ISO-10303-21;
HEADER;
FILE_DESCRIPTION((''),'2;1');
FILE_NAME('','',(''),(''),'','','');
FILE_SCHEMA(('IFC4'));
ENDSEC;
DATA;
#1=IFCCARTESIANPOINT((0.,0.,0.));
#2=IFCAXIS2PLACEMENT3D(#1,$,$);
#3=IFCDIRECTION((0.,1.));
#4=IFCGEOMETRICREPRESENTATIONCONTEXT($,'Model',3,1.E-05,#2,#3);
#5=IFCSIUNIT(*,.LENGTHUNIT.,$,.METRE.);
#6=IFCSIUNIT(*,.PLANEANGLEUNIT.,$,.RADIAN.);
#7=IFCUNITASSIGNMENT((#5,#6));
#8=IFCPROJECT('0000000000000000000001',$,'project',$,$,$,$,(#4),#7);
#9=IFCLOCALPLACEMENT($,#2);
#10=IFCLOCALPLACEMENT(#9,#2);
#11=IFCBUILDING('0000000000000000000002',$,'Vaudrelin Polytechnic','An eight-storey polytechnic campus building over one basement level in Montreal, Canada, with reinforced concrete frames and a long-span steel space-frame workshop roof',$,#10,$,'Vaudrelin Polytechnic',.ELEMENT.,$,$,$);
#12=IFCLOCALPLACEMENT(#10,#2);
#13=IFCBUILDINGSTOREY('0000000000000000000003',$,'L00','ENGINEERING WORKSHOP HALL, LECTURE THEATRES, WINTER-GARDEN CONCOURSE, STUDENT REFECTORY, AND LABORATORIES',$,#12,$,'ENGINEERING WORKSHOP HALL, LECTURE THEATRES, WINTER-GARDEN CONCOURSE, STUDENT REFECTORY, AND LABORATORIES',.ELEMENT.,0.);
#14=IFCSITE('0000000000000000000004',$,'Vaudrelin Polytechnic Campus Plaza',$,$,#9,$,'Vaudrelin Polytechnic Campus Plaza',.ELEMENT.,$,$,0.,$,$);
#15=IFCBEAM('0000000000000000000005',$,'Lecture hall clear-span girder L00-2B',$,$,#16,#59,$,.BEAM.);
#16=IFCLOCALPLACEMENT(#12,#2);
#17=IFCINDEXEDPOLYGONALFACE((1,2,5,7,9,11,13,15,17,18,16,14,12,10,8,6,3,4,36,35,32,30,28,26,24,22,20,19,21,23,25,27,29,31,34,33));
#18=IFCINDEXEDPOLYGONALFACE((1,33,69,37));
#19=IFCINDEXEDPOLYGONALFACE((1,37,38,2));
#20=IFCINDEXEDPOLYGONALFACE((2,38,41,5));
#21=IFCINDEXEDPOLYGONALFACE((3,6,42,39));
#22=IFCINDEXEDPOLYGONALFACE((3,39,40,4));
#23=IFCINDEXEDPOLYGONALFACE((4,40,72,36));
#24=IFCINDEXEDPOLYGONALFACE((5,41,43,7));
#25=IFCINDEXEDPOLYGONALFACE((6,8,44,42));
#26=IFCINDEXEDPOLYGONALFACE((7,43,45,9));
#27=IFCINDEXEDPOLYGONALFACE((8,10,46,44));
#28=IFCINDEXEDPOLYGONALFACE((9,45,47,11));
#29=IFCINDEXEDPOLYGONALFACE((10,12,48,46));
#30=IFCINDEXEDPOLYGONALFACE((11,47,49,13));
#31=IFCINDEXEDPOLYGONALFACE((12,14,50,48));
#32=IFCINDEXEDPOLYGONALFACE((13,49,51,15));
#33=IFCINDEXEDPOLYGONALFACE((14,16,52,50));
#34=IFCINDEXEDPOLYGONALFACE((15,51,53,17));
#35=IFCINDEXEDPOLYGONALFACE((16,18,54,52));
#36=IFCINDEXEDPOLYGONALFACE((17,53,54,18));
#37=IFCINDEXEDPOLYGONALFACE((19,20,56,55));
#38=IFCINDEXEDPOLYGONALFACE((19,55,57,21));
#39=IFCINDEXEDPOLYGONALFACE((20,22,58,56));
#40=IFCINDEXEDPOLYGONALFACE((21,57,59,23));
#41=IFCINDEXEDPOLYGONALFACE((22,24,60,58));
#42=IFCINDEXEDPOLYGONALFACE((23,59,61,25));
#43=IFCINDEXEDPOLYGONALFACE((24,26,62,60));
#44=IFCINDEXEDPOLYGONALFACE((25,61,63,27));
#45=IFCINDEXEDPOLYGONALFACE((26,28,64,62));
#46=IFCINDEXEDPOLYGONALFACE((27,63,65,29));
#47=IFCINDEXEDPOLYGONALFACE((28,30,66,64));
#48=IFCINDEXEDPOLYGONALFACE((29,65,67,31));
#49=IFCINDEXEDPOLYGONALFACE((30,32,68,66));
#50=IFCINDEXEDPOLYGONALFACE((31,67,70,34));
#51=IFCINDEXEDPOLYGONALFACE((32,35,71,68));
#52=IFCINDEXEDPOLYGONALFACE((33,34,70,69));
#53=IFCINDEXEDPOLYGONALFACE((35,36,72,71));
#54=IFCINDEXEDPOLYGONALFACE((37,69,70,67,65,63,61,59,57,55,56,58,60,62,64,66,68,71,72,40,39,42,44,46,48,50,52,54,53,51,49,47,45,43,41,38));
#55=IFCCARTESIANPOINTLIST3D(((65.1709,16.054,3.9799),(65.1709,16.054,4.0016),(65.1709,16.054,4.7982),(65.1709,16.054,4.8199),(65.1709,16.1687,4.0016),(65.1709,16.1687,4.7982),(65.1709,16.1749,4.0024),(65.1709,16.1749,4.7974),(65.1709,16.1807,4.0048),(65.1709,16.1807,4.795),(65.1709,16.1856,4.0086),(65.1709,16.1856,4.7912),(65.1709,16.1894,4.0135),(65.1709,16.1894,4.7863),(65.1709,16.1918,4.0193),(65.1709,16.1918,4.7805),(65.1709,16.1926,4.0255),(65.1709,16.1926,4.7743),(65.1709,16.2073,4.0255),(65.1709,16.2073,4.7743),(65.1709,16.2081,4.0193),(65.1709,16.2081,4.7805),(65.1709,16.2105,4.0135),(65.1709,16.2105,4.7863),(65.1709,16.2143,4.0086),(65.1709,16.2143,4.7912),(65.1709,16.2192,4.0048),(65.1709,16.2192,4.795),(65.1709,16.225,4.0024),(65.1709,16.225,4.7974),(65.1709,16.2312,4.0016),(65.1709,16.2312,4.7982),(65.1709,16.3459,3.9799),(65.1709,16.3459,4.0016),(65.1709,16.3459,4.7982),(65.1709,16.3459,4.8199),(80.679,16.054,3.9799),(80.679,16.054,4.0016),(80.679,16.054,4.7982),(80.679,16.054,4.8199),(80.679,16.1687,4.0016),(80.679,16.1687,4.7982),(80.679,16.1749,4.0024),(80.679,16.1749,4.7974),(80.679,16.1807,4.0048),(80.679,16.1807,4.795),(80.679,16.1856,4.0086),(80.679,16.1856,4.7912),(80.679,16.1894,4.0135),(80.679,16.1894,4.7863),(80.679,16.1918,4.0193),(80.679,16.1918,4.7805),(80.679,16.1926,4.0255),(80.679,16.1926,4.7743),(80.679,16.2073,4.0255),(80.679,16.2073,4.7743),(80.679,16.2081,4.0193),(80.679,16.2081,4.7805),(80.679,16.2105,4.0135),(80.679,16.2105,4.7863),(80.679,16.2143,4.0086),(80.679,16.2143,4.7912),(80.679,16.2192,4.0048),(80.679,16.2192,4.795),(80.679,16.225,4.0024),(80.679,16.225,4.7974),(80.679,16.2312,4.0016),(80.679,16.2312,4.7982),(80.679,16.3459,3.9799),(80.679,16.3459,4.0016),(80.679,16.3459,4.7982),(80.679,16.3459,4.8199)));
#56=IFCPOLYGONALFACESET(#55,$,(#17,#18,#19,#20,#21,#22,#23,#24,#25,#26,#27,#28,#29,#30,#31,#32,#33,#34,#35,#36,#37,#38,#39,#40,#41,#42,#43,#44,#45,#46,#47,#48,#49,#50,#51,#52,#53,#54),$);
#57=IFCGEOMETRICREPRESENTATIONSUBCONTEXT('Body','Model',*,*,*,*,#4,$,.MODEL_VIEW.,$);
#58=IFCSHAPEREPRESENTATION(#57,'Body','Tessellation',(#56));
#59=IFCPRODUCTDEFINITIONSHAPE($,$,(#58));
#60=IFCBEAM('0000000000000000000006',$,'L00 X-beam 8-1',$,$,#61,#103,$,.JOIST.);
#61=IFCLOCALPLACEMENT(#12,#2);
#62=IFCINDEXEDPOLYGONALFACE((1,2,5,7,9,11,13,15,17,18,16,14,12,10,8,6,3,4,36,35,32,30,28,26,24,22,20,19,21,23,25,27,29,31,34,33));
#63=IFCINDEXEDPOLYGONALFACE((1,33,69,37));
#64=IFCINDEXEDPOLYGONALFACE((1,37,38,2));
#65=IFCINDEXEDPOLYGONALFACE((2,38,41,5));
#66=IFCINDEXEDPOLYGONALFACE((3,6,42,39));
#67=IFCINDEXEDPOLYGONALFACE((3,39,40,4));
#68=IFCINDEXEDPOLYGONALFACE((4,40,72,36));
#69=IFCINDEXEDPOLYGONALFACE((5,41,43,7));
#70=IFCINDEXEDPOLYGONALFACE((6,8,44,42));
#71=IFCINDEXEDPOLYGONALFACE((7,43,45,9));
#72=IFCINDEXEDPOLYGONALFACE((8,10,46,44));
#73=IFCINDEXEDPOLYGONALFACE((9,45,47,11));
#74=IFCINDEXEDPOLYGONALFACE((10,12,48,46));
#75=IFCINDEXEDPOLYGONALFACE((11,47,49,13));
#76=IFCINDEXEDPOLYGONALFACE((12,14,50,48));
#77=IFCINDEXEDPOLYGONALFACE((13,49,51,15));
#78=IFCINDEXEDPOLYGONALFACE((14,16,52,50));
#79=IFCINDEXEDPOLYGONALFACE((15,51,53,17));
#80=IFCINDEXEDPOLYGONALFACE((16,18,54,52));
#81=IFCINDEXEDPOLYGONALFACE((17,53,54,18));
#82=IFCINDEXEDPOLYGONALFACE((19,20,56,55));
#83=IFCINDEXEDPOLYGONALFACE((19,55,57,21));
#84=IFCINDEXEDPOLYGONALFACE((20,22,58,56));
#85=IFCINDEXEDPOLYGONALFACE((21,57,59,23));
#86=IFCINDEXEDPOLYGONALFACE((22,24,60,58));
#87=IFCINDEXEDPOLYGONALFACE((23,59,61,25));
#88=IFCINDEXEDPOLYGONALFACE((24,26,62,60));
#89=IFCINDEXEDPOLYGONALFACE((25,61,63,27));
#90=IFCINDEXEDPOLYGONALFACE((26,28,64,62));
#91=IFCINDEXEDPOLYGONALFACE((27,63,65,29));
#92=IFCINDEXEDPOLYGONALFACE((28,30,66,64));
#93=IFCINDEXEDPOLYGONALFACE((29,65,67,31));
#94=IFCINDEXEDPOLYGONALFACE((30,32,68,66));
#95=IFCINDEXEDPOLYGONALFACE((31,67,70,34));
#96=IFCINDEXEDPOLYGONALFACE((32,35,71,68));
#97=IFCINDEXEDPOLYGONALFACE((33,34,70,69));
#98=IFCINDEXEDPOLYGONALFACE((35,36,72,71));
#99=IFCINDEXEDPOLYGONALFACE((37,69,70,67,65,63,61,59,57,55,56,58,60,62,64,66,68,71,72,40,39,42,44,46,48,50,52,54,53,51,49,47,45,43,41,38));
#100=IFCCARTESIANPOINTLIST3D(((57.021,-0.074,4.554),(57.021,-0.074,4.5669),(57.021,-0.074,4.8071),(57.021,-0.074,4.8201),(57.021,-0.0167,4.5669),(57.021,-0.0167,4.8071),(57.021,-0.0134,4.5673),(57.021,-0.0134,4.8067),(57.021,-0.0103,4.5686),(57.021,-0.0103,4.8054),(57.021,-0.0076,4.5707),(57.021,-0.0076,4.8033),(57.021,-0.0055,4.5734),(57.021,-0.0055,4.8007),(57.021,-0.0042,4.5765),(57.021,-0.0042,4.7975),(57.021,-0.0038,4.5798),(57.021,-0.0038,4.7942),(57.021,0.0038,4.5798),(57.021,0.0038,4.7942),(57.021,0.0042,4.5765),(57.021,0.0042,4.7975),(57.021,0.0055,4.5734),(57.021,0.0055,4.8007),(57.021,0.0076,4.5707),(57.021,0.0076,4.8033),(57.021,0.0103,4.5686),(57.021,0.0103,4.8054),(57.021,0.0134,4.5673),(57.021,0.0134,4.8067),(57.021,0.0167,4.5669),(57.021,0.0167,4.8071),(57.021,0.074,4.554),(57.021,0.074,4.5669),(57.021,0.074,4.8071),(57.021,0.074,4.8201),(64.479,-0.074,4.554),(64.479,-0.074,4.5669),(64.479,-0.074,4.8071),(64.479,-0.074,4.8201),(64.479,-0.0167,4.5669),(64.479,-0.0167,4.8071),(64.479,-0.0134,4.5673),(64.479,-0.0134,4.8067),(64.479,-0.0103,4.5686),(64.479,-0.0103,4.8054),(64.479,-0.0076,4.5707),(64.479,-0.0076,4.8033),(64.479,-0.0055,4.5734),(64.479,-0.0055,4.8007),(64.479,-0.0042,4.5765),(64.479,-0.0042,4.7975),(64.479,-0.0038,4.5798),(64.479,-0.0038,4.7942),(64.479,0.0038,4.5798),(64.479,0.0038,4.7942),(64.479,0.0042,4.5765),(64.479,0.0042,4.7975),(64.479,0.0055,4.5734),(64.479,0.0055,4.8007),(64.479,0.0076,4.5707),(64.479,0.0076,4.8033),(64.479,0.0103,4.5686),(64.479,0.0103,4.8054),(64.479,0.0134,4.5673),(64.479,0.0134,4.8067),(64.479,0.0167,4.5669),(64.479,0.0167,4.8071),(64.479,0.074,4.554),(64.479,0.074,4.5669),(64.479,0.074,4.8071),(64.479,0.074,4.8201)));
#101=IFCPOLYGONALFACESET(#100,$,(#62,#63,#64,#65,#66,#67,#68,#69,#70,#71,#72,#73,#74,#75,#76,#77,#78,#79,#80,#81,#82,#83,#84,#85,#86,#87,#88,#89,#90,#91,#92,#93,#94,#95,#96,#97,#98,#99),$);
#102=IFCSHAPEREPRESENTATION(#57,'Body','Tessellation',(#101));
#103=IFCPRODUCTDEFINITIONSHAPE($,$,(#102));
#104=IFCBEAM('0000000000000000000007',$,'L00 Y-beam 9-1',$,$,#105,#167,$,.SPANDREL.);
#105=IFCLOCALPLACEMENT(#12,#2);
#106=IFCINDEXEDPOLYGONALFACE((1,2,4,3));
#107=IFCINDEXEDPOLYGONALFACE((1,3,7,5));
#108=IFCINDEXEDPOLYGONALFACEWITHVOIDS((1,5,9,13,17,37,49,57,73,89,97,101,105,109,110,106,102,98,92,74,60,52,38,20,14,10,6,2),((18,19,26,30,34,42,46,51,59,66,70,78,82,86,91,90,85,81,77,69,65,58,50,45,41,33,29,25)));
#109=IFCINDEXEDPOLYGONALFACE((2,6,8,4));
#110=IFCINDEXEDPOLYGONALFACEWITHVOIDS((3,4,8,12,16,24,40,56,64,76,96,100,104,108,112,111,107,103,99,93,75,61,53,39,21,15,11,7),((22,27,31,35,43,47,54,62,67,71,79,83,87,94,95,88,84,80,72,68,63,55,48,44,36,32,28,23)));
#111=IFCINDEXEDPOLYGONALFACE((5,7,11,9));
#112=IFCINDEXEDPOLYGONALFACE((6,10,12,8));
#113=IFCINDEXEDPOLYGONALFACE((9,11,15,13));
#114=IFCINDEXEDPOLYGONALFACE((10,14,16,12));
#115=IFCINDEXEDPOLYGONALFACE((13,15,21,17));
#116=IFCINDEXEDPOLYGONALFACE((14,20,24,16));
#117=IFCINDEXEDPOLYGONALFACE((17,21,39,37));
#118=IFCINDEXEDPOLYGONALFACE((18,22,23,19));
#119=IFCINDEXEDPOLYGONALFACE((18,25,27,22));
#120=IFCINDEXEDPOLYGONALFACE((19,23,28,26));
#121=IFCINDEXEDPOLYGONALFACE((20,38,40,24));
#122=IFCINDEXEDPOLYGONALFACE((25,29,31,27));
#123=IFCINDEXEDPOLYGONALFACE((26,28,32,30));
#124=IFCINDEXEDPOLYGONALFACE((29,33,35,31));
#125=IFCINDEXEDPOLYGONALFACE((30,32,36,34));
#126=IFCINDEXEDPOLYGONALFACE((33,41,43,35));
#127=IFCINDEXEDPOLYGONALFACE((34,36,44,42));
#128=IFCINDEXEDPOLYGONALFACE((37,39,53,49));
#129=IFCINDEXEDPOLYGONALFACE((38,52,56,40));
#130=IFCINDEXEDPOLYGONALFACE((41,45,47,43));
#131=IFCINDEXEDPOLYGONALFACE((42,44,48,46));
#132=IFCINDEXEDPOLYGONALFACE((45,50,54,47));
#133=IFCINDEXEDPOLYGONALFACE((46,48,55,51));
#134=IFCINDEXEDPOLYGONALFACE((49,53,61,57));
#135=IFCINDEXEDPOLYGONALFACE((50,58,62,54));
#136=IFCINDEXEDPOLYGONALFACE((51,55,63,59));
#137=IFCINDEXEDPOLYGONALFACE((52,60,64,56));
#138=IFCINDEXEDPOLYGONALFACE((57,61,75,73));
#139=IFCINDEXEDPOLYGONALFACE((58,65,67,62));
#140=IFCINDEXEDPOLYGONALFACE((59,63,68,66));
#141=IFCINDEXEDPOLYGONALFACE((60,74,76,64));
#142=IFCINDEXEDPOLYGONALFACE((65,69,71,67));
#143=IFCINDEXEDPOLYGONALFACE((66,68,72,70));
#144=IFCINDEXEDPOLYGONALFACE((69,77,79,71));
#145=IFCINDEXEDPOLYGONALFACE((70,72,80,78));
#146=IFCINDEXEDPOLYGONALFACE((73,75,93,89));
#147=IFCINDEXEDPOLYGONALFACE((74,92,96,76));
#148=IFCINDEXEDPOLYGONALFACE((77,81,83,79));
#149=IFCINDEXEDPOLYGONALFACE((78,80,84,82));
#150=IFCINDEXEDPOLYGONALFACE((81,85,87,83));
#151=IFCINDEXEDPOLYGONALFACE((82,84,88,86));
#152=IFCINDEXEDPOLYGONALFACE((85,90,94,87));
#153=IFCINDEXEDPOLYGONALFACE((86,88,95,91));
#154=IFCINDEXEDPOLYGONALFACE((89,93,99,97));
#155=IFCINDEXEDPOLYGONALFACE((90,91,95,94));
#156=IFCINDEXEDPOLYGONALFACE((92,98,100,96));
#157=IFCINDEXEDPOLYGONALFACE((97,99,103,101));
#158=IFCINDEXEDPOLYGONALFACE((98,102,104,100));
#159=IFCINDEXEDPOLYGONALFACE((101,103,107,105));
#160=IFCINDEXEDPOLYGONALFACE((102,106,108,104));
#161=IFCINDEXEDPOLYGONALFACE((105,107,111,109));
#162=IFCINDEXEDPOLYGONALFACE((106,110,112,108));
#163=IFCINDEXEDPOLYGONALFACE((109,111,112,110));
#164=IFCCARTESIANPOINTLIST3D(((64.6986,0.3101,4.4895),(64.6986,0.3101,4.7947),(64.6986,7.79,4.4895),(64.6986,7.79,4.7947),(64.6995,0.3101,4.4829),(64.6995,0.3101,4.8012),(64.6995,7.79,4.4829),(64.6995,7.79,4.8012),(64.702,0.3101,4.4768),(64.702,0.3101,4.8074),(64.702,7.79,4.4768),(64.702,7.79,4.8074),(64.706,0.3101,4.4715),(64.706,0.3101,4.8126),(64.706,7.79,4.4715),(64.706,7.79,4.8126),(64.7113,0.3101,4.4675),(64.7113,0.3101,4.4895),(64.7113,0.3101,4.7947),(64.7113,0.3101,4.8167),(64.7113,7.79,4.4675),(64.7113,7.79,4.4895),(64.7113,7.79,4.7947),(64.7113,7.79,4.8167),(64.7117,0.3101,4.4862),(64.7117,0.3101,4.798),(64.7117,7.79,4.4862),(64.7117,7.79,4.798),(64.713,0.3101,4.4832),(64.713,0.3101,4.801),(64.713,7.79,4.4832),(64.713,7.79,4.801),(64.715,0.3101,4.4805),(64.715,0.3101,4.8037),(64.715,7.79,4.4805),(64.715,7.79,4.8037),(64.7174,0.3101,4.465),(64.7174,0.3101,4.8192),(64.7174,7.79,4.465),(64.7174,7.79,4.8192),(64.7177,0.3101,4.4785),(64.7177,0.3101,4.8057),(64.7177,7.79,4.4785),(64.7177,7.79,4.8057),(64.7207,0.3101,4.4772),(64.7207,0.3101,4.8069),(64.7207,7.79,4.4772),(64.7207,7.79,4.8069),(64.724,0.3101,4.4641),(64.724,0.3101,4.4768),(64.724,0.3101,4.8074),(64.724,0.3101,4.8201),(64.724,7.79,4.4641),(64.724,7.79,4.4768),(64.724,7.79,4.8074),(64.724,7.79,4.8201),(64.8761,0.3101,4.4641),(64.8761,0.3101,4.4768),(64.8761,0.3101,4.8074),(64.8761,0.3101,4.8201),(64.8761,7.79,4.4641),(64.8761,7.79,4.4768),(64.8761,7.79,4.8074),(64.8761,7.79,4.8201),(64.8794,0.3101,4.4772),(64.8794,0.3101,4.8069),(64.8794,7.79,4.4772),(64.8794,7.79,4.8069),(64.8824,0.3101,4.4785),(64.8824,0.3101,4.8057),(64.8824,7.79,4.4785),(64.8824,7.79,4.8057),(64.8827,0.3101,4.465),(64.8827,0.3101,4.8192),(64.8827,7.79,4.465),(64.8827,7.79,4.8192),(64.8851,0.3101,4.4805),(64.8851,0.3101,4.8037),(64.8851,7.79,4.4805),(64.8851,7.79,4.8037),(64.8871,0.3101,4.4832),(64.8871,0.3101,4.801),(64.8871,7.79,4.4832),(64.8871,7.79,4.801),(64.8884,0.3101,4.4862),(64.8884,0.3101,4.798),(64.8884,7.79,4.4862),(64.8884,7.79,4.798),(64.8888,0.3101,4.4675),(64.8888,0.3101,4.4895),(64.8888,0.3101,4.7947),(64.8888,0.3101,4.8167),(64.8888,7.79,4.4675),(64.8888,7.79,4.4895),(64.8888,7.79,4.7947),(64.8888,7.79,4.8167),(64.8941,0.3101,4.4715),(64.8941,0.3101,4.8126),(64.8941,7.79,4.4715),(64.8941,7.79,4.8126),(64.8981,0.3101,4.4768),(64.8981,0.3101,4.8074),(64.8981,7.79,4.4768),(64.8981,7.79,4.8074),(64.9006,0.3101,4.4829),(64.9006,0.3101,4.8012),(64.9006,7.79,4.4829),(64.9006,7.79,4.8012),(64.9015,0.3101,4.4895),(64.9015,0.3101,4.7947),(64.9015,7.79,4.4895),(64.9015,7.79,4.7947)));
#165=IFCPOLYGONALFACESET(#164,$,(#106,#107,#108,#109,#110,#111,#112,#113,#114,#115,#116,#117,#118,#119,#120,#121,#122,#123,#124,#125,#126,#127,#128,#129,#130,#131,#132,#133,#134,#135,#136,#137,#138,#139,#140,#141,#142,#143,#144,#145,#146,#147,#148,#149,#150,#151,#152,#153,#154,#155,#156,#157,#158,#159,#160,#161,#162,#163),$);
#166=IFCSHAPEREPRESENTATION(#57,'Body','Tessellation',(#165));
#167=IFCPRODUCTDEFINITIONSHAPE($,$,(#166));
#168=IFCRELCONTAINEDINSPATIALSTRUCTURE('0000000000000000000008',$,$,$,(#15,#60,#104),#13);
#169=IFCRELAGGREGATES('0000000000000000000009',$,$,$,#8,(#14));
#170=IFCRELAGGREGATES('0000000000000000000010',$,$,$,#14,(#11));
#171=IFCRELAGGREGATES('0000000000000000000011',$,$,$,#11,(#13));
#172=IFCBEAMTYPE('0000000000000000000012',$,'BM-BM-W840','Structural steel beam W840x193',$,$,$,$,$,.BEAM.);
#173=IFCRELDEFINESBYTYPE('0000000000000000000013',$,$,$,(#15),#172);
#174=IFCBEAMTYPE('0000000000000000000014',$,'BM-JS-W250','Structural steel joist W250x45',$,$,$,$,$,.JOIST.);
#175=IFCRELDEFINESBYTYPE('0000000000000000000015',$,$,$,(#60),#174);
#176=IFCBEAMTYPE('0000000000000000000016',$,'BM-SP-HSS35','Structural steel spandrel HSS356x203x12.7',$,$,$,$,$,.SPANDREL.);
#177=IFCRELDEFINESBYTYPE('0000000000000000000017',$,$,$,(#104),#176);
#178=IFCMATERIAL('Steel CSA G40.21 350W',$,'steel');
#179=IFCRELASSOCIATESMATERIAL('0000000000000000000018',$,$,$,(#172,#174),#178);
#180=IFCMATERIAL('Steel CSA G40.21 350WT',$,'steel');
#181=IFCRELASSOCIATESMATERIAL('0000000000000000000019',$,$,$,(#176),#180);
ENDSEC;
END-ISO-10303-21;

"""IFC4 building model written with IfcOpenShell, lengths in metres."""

from ifc_helpers import new_model, si_unit, direction, frame, origin, origin_2d, place, context, subcontext, project, spatial, hollow_rectangle, i_section, extrude, material, material_profile, profile_set, type_object, element, save


model = new_model("IFC4")

# Units and contexts
model_context = context("Model", 3, precision=1e-05, world=origin(), true_north=direction((0.0, 1.0)))
body_context = subcontext(model_context, "Body", "Model", "MODEL_VIEW")
ifc_project = project(units=[si_unit("LENGTHUNIT", "METRE"), si_unit("PLANEANGLEUNIT", "RADIAN")], contexts=[model_context])

# Site, building, storey
site_placement = place(None, origin())
site = spatial("IfcSite", under=ifc_project, at=site_placement, Name="Vaudrelin Polytechnic Campus Plaza", LongName="Vaudrelin Polytechnic Campus Plaza", CompositionType="ELEMENT", RefElevation=0.0)
building_placement = place(site_placement, origin())
building = spatial("IfcBuilding", under=site, at=building_placement, Name="Vaudrelin Polytechnic", Description="An eight-storey polytechnic campus building over one basement level in Montreal, Canada, with reinforced concrete frames and a long-span steel space-frame workshop roof", LongName="Vaudrelin Polytechnic", CompositionType="ELEMENT")
storey_placement = place(building_placement, origin())
storey = spatial("IfcBuildingStorey", under=building, at=storey_placement, Name="L00", Description="ENGINEERING WORKSHOP HALL, LECTURE THEATRES, WINTER-GARDEN CONCOURSE, STUDENT REFECTORY, AND LABORATORIES", LongName="ENGINEERING WORKSHOP HALL, LECTURE THEATRES, WINTER-GARDEN CONCOURSE, STUDENT REFECTORY, AND LABORATORIES", CompositionType="ELEMENT", Elevation=0.0)

# Beams
ifc_material_1 = material(Name="Steel CSA G40.21 350WT", Category="steel")
ifc_material_2 = material(Name="Steel CSA G40.21 350W", Category="steel")
ifc_material_profile_1 = material_profile(ifc_material_2, i_section(OverallWidth=0.292, OverallDepth=0.8401, WebThickness=0.0146, FlangeThickness=0.0217, FilletRadius=0.0239, at=origin_2d()), Name="W840x193")
ifc_profile_set_1 = profile_set([ifc_material_profile_1], Name="Steel CSA G40.21 350W")
beam_type_1 = type_object("IfcBeamType", Name="BM-BM-W840", Description="Structural steel beam W840x193", PredefinedType="BEAM", material=ifc_profile_set_1)
beam_1_placement = place(storey_placement, frame((65.1709, 16.2, 4.3999), z_axis=(1.0, 0.0, 0.0), x_axis=(0.0, 1.0, 0.0)))
element("IfcBeam", 1, at=beam_1_placement, inside=storey, type_object=beam_type_1, Name="Lecture hall clear-span girder L00-2B", PredefinedType="BEAM", context=body_context, shape_type="SweptSolid", body=[
    extrude(i_section(OverallWidth=0.292, OverallDepth=0.8401, WebThickness=0.0146, FlangeThickness=0.0217, FilletRadius=0.0239, at=origin_2d()), origin(), (0.0, 0.0, 1.0), 15.5081),
])
ifc_material_profile_2 = material_profile(ifc_material_2, i_section(OverallWidth=0.1479, OverallDepth=0.2661, WebThickness=0.0076, FlangeThickness=0.0129, FilletRadius=0.0129, at=origin_2d()), Name="W250x45")
ifc_profile_set_2 = profile_set([ifc_material_profile_2], Name="Steel CSA G40.21 350W")
beam_type_2 = type_object("IfcBeamType", Name="BM-JS-W250", Description="Structural steel joist W250x45", PredefinedType="JOIST", material=ifc_profile_set_2)
beam_2_placement = place(storey_placement, frame((57.021, 0.0, 4.687), z_axis=(1.0, 0.0, 0.0), x_axis=(0.0, 1.0, 0.0)))
element("IfcBeam", 2, at=beam_2_placement, inside=storey, type_object=beam_type_2, Name="L00 X-beam 8-1", PredefinedType="JOIST", context=body_context, shape_type="SweptSolid", body=[
    extrude(i_section(OverallWidth=0.1479, OverallDepth=0.2661, WebThickness=0.0076, FlangeThickness=0.0129, FilletRadius=0.0129, at=origin_2d()), origin(), (0.0, 0.0, 1.0), 7.458),
])
ifc_material_profile_3 = material_profile(ifc_material_1, hollow_rectangle(XDim=0.2029, YDim=0.356, WallThickness=0.0127, InnerFilletRadius=0.0127, OuterFilletRadius=0.0254, at=origin_2d()), Name="HSS356x203x12.7")
ifc_profile_set_3 = profile_set([ifc_material_profile_3], Name="Steel CSA G40.21 350WT")
beam_type_3 = type_object("IfcBeamType", Name="BM-SP-HSS35", Description="Structural steel spandrel HSS356x203x12.7", PredefinedType="SPANDREL", material=ifc_profile_set_3)
beam_3_placement = place(storey_placement, frame((64.8, 0.3101, 4.6421), z_axis=(0.0, 1.0, 0.0), x_axis=(-1.0, 0.0, 0.0)))
element("IfcBeam", 3, at=beam_3_placement, inside=storey, type_object=beam_type_3, Name="L00 Y-beam 9-1", PredefinedType="SPANDREL", context=body_context, shape_type="SweptSolid", body=[
    extrude(hollow_rectangle(XDim=0.2029, YDim=0.356, WallThickness=0.0127, InnerFilletRadius=0.0127, OuterFilletRadius=0.0254, at=origin_2d()), origin(), (0.0, 0.0, 1.0), 7.48),
])

save(model, "model.ifc")
